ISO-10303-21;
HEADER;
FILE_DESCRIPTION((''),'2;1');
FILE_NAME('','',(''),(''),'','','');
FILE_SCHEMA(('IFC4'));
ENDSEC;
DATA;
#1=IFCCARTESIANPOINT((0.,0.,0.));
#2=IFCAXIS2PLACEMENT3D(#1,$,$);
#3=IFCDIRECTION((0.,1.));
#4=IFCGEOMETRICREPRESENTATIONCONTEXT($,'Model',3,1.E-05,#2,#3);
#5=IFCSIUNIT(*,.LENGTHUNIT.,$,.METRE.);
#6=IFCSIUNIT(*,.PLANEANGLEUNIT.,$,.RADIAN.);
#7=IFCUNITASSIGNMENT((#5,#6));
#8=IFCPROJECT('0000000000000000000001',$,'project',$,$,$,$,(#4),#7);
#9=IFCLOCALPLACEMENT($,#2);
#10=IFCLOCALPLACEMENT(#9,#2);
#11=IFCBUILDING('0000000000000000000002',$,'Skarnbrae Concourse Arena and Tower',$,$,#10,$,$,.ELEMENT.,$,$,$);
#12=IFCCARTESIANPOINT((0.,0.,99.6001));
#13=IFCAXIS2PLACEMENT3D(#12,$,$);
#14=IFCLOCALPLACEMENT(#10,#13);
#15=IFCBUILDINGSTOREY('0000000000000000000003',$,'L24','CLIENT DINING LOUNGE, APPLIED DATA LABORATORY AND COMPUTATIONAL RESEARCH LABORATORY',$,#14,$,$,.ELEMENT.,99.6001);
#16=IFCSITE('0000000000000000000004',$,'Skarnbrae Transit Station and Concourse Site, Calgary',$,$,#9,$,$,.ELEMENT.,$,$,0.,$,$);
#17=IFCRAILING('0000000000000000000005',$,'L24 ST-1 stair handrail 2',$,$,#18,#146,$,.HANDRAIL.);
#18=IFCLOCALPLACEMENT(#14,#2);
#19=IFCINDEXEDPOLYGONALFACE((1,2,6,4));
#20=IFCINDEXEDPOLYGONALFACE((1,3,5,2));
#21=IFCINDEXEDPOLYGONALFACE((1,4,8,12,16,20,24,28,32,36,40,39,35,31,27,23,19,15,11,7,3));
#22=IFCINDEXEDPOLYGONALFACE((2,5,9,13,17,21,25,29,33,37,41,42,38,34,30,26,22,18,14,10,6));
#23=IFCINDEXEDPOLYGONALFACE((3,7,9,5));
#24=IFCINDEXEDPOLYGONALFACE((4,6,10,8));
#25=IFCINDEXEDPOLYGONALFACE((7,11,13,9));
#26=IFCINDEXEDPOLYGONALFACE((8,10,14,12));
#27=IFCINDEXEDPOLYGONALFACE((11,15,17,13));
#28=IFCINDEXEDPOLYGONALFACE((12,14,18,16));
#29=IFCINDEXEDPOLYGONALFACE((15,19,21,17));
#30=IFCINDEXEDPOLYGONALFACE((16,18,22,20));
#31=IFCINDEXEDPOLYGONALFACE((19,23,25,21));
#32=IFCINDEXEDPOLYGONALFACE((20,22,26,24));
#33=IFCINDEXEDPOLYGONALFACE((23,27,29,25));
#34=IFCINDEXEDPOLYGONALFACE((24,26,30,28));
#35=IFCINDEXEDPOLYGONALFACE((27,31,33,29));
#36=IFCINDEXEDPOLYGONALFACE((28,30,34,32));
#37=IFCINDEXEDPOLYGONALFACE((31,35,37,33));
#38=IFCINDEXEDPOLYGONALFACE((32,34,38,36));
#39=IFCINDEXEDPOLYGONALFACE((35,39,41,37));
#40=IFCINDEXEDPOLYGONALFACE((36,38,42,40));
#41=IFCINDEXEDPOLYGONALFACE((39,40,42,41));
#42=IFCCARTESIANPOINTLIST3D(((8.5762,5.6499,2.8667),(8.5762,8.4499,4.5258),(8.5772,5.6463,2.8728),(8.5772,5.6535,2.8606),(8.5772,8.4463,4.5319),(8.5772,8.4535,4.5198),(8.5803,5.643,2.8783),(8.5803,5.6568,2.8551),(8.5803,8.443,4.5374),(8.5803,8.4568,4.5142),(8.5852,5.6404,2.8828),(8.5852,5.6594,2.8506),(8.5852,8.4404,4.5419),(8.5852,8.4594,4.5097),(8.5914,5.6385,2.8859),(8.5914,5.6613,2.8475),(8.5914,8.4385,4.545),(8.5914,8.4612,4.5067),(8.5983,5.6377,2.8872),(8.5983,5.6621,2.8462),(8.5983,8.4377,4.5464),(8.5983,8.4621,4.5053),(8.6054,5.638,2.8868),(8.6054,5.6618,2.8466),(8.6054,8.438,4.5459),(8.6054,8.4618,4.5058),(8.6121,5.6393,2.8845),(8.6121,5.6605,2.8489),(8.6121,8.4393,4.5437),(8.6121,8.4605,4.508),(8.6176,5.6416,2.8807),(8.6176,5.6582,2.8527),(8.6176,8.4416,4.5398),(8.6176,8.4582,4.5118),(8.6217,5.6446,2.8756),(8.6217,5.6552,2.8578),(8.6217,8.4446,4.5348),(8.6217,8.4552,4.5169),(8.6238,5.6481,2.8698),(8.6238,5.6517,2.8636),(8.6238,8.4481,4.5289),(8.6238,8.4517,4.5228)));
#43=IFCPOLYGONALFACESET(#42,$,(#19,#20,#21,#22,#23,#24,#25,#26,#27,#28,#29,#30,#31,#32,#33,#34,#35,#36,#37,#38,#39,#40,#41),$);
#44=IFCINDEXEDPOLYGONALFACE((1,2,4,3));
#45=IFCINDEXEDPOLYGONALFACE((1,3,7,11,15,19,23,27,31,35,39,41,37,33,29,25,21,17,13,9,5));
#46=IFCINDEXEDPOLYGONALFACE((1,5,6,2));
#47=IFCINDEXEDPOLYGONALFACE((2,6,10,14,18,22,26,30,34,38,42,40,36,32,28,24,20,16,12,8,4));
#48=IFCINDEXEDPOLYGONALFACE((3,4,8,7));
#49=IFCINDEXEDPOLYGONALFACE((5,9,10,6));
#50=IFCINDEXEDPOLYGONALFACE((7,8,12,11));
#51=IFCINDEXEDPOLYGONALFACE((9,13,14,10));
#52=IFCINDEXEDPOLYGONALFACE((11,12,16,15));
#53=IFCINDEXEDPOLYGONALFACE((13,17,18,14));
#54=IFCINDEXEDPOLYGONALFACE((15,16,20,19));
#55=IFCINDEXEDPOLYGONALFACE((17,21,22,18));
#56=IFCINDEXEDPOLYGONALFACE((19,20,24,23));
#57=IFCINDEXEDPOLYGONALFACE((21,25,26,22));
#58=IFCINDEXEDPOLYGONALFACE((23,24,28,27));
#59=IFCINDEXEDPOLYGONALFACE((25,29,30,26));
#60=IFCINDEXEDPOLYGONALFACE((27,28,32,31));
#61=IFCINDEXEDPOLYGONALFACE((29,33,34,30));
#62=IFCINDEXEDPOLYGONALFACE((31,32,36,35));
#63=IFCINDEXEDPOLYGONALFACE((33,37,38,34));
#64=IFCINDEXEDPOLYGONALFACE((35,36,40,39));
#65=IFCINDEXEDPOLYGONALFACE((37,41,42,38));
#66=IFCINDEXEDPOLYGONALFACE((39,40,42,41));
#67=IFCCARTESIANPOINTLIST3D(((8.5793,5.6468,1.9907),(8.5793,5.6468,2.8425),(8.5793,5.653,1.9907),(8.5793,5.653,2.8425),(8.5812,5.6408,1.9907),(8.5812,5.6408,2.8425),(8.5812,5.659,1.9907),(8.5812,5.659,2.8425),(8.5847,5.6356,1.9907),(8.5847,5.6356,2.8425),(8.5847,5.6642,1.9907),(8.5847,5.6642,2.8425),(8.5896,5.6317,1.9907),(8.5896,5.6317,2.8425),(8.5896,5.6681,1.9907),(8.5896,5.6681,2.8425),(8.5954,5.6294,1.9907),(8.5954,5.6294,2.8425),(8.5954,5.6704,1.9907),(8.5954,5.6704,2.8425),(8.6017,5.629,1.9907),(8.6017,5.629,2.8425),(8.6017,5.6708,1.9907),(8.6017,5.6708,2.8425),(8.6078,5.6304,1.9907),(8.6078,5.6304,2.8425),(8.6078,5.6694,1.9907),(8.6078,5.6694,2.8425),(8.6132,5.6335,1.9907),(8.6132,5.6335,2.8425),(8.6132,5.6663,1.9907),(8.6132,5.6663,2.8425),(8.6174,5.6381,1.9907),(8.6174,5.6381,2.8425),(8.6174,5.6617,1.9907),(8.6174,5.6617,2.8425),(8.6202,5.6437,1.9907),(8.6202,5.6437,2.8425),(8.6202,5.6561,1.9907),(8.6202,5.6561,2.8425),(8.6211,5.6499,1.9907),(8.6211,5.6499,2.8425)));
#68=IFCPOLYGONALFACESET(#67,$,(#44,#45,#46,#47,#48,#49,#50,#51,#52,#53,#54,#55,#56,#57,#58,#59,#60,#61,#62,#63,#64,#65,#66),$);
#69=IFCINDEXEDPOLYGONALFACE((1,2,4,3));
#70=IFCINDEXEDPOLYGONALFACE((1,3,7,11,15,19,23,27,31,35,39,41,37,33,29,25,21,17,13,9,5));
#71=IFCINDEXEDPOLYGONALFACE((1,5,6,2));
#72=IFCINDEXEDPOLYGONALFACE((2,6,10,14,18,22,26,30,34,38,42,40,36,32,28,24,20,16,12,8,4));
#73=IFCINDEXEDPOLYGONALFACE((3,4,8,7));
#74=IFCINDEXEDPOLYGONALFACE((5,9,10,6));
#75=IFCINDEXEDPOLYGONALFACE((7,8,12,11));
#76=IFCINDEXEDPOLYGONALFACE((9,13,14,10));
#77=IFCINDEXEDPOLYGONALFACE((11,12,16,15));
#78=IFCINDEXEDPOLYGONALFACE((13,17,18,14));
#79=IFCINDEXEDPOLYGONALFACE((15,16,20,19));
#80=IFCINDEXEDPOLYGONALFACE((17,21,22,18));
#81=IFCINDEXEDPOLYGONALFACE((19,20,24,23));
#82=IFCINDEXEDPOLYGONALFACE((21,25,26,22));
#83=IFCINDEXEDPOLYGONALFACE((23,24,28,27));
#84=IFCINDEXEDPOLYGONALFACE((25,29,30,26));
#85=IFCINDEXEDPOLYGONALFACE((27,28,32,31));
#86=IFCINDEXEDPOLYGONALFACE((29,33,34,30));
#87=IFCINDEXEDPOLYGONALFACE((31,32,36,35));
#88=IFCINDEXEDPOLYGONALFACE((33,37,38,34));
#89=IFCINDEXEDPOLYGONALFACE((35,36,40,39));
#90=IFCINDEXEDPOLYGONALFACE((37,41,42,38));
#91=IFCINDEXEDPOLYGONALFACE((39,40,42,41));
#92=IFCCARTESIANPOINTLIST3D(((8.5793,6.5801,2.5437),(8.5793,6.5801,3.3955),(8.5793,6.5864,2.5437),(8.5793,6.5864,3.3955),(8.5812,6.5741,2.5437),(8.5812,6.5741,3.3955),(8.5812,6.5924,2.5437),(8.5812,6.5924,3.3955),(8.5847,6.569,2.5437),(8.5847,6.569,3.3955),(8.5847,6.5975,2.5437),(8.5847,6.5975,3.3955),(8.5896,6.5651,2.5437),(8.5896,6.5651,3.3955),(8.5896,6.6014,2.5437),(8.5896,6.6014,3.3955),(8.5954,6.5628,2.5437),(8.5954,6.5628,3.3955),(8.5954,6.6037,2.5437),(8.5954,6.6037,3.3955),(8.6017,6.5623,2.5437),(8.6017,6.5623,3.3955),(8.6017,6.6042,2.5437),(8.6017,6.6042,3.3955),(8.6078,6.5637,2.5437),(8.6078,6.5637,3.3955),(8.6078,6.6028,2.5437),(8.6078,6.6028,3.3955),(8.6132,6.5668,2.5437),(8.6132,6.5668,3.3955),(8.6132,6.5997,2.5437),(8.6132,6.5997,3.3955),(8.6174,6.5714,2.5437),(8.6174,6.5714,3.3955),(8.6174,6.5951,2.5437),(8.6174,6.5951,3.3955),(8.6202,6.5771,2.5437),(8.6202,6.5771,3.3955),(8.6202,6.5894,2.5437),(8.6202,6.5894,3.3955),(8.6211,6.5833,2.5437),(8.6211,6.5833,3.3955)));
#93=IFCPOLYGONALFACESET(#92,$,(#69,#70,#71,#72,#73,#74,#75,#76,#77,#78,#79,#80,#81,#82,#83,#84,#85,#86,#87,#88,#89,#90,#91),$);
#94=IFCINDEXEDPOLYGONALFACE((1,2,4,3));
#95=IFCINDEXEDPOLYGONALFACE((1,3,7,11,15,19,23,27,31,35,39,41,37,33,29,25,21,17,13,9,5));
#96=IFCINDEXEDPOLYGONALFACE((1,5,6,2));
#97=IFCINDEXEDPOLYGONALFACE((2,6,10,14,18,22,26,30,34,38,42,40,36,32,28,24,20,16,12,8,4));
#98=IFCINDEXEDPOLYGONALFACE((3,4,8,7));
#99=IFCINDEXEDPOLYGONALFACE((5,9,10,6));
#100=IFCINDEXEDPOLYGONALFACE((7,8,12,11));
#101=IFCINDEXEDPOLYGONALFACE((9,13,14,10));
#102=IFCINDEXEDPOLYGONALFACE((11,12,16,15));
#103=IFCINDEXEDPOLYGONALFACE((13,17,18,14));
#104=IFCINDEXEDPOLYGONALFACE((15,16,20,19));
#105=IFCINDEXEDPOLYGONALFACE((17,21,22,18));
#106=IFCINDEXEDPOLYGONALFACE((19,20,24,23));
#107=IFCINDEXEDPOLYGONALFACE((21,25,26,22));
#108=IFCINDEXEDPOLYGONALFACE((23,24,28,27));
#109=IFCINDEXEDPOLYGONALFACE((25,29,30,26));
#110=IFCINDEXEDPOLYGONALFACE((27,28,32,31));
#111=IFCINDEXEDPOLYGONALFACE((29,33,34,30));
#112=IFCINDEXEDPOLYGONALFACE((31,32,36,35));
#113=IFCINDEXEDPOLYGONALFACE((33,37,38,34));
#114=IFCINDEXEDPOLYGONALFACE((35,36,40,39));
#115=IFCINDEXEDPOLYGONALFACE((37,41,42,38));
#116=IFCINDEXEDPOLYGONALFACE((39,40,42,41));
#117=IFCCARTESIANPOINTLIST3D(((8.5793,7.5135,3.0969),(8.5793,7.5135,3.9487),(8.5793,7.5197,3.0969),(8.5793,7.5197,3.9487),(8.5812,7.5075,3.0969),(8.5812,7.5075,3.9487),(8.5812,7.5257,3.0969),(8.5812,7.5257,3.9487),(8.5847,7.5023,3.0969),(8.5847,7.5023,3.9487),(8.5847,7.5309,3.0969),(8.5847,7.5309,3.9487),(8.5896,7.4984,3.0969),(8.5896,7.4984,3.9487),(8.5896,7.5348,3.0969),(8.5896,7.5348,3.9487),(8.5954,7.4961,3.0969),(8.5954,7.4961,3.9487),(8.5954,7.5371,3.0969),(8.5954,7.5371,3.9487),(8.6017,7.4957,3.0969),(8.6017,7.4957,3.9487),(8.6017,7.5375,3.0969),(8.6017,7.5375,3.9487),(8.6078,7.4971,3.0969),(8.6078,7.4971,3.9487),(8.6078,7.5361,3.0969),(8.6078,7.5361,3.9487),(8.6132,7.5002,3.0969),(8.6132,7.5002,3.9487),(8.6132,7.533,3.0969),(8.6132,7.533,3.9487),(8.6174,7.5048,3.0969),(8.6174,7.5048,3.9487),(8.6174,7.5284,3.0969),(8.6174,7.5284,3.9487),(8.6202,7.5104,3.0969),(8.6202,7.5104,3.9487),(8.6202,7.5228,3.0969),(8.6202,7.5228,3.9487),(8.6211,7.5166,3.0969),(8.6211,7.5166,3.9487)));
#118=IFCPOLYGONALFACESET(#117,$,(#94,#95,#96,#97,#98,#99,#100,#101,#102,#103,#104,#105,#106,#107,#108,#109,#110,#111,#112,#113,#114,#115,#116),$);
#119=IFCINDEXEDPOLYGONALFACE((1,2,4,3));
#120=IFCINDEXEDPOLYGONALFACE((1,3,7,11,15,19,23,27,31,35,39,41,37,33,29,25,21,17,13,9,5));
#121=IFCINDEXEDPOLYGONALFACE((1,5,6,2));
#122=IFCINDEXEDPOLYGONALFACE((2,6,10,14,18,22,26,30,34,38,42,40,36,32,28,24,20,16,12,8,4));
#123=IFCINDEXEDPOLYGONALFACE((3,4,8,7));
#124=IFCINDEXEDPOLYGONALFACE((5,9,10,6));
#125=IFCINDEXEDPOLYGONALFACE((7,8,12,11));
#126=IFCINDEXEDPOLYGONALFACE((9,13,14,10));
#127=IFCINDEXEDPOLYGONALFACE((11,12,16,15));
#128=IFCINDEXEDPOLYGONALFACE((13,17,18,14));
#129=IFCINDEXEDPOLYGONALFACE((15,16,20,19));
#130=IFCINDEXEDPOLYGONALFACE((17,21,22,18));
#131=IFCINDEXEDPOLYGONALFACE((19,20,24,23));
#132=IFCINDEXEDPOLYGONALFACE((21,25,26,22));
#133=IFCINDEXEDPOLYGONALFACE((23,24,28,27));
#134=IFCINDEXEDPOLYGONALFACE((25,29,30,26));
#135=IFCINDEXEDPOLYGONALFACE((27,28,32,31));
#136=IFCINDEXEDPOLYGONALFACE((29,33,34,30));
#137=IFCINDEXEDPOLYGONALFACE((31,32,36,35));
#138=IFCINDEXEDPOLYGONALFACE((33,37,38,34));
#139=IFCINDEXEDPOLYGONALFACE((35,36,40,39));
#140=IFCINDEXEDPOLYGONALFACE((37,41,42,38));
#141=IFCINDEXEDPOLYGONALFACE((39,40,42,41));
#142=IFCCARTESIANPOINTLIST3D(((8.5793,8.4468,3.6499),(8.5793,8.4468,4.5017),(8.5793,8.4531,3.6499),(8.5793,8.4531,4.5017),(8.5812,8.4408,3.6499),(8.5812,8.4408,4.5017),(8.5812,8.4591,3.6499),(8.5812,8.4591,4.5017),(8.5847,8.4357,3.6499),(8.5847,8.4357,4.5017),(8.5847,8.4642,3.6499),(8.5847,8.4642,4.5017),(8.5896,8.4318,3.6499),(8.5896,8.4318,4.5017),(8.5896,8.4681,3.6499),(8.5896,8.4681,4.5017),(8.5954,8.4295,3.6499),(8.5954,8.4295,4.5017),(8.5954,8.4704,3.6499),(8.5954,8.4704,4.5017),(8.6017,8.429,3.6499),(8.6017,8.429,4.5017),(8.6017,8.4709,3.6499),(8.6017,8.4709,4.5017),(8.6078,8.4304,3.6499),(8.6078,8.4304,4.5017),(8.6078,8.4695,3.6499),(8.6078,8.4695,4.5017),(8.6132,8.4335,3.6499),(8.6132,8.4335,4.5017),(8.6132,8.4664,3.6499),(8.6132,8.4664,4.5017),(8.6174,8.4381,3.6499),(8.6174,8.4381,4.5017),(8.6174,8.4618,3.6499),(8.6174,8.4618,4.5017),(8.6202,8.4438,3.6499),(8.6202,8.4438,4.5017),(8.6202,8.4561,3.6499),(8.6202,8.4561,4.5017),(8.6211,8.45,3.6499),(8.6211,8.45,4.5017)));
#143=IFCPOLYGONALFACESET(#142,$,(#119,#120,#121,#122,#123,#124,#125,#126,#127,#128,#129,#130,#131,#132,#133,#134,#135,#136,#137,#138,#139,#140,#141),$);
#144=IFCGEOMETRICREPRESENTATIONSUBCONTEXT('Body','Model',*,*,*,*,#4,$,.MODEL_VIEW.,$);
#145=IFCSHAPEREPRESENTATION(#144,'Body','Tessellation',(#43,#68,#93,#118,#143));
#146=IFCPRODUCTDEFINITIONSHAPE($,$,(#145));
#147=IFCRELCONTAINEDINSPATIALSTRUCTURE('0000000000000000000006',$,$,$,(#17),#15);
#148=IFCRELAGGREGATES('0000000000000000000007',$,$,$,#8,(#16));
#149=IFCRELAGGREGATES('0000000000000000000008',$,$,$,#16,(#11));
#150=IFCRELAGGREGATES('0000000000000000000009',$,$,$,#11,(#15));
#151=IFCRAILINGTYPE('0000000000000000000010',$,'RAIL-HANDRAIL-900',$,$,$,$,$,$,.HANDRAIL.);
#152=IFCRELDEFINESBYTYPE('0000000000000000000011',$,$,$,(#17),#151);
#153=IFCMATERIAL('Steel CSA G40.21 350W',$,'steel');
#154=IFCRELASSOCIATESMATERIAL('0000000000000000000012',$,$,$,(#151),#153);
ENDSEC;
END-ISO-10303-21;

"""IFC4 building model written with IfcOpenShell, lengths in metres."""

from ifc_helpers import new_model, si_unit, direction, frame, origin, origin_2d, place, context, subcontext, project, spatial, circle, extrude, material, type_object, element, save


model = new_model("IFC4")

# Units and contexts
model_context = context("Model", 3, precision=1e-05, world=origin(), true_north=direction((0.0, 1.0)))
body_context = subcontext(model_context, "Body", "Model", "MODEL_VIEW")
ifc_project = project(units=[si_unit("LENGTHUNIT", "METRE"), si_unit("PLANEANGLEUNIT", "RADIAN")], contexts=[model_context])

# Site, building, storey
site_placement = place(None, origin())
site = spatial("IfcSite", under=ifc_project, at=site_placement, Name="Skarnbrae Transit Station and Concourse Site, Calgary", CompositionType="ELEMENT", RefElevation=0.0)
building_placement = place(site_placement, origin())
building = spatial("IfcBuilding", under=site, at=building_placement, Name="Skarnbrae Concourse Arena and Tower", CompositionType="ELEMENT")
storey_placement = place(building_placement, frame((0.0, 0.0, 99.6001)))
storey = spatial("IfcBuildingStorey", under=building, at=storey_placement, Name="L24", Description="CLIENT DINING LOUNGE, APPLIED DATA LABORATORY AND COMPUTATIONAL RESEARCH LABORATORY", CompositionType="ELEMENT", Elevation=99.6001)

# Shared definitions
ifc_material_1 = material(Name="Steel CSA G40.21 350W", Category="steel")

# Railing
railing_type_1 = type_object("IfcRailingType", Name="RAIL-HANDRAIL-900", PredefinedType="HANDRAIL", material=ifc_material_1)
railing_1_placement = place(storey_placement, frame((8.6001, 5.6499, 1.9907)))
element("IfcRailing", 1, at=railing_1_placement, inside=storey, type_object=railing_type_1, Name="L24 ST-1 stair handrail 2", PredefinedType="HANDRAIL", context=body_context, shape_type="SweptSolid", body=[
    extrude(circle(Radius=0.0239, at=origin_2d()), frame((0.0, 0.0, 0.876), z_axis=(0.0, 0.860306, 0.509778), x_axis=(-1.0, 0.0, 0.0)), (0.0, 0.0, 1.0), 3.2546),
    extrude(circle(Radius=0.021, at=origin_2d()), origin(), (0.0, 0.0, 1.0), 0.8518),
    extrude(circle(Radius=0.021, at=origin_2d()), frame((0.0, 0.9333, 0.553)), (0.0, 0.0, 1.0), 0.8518),
    extrude(circle(Radius=0.021, at=origin_2d()), frame((0.0, 1.8667, 1.1062)), (0.0, 0.0, 1.0), 0.8518),
    extrude(circle(Radius=0.021, at=origin_2d()), frame((0.0, 2.8, 1.6592)), (0.0, 0.0, 1.0), 0.8518),
])

save(model, "model.ifc")
